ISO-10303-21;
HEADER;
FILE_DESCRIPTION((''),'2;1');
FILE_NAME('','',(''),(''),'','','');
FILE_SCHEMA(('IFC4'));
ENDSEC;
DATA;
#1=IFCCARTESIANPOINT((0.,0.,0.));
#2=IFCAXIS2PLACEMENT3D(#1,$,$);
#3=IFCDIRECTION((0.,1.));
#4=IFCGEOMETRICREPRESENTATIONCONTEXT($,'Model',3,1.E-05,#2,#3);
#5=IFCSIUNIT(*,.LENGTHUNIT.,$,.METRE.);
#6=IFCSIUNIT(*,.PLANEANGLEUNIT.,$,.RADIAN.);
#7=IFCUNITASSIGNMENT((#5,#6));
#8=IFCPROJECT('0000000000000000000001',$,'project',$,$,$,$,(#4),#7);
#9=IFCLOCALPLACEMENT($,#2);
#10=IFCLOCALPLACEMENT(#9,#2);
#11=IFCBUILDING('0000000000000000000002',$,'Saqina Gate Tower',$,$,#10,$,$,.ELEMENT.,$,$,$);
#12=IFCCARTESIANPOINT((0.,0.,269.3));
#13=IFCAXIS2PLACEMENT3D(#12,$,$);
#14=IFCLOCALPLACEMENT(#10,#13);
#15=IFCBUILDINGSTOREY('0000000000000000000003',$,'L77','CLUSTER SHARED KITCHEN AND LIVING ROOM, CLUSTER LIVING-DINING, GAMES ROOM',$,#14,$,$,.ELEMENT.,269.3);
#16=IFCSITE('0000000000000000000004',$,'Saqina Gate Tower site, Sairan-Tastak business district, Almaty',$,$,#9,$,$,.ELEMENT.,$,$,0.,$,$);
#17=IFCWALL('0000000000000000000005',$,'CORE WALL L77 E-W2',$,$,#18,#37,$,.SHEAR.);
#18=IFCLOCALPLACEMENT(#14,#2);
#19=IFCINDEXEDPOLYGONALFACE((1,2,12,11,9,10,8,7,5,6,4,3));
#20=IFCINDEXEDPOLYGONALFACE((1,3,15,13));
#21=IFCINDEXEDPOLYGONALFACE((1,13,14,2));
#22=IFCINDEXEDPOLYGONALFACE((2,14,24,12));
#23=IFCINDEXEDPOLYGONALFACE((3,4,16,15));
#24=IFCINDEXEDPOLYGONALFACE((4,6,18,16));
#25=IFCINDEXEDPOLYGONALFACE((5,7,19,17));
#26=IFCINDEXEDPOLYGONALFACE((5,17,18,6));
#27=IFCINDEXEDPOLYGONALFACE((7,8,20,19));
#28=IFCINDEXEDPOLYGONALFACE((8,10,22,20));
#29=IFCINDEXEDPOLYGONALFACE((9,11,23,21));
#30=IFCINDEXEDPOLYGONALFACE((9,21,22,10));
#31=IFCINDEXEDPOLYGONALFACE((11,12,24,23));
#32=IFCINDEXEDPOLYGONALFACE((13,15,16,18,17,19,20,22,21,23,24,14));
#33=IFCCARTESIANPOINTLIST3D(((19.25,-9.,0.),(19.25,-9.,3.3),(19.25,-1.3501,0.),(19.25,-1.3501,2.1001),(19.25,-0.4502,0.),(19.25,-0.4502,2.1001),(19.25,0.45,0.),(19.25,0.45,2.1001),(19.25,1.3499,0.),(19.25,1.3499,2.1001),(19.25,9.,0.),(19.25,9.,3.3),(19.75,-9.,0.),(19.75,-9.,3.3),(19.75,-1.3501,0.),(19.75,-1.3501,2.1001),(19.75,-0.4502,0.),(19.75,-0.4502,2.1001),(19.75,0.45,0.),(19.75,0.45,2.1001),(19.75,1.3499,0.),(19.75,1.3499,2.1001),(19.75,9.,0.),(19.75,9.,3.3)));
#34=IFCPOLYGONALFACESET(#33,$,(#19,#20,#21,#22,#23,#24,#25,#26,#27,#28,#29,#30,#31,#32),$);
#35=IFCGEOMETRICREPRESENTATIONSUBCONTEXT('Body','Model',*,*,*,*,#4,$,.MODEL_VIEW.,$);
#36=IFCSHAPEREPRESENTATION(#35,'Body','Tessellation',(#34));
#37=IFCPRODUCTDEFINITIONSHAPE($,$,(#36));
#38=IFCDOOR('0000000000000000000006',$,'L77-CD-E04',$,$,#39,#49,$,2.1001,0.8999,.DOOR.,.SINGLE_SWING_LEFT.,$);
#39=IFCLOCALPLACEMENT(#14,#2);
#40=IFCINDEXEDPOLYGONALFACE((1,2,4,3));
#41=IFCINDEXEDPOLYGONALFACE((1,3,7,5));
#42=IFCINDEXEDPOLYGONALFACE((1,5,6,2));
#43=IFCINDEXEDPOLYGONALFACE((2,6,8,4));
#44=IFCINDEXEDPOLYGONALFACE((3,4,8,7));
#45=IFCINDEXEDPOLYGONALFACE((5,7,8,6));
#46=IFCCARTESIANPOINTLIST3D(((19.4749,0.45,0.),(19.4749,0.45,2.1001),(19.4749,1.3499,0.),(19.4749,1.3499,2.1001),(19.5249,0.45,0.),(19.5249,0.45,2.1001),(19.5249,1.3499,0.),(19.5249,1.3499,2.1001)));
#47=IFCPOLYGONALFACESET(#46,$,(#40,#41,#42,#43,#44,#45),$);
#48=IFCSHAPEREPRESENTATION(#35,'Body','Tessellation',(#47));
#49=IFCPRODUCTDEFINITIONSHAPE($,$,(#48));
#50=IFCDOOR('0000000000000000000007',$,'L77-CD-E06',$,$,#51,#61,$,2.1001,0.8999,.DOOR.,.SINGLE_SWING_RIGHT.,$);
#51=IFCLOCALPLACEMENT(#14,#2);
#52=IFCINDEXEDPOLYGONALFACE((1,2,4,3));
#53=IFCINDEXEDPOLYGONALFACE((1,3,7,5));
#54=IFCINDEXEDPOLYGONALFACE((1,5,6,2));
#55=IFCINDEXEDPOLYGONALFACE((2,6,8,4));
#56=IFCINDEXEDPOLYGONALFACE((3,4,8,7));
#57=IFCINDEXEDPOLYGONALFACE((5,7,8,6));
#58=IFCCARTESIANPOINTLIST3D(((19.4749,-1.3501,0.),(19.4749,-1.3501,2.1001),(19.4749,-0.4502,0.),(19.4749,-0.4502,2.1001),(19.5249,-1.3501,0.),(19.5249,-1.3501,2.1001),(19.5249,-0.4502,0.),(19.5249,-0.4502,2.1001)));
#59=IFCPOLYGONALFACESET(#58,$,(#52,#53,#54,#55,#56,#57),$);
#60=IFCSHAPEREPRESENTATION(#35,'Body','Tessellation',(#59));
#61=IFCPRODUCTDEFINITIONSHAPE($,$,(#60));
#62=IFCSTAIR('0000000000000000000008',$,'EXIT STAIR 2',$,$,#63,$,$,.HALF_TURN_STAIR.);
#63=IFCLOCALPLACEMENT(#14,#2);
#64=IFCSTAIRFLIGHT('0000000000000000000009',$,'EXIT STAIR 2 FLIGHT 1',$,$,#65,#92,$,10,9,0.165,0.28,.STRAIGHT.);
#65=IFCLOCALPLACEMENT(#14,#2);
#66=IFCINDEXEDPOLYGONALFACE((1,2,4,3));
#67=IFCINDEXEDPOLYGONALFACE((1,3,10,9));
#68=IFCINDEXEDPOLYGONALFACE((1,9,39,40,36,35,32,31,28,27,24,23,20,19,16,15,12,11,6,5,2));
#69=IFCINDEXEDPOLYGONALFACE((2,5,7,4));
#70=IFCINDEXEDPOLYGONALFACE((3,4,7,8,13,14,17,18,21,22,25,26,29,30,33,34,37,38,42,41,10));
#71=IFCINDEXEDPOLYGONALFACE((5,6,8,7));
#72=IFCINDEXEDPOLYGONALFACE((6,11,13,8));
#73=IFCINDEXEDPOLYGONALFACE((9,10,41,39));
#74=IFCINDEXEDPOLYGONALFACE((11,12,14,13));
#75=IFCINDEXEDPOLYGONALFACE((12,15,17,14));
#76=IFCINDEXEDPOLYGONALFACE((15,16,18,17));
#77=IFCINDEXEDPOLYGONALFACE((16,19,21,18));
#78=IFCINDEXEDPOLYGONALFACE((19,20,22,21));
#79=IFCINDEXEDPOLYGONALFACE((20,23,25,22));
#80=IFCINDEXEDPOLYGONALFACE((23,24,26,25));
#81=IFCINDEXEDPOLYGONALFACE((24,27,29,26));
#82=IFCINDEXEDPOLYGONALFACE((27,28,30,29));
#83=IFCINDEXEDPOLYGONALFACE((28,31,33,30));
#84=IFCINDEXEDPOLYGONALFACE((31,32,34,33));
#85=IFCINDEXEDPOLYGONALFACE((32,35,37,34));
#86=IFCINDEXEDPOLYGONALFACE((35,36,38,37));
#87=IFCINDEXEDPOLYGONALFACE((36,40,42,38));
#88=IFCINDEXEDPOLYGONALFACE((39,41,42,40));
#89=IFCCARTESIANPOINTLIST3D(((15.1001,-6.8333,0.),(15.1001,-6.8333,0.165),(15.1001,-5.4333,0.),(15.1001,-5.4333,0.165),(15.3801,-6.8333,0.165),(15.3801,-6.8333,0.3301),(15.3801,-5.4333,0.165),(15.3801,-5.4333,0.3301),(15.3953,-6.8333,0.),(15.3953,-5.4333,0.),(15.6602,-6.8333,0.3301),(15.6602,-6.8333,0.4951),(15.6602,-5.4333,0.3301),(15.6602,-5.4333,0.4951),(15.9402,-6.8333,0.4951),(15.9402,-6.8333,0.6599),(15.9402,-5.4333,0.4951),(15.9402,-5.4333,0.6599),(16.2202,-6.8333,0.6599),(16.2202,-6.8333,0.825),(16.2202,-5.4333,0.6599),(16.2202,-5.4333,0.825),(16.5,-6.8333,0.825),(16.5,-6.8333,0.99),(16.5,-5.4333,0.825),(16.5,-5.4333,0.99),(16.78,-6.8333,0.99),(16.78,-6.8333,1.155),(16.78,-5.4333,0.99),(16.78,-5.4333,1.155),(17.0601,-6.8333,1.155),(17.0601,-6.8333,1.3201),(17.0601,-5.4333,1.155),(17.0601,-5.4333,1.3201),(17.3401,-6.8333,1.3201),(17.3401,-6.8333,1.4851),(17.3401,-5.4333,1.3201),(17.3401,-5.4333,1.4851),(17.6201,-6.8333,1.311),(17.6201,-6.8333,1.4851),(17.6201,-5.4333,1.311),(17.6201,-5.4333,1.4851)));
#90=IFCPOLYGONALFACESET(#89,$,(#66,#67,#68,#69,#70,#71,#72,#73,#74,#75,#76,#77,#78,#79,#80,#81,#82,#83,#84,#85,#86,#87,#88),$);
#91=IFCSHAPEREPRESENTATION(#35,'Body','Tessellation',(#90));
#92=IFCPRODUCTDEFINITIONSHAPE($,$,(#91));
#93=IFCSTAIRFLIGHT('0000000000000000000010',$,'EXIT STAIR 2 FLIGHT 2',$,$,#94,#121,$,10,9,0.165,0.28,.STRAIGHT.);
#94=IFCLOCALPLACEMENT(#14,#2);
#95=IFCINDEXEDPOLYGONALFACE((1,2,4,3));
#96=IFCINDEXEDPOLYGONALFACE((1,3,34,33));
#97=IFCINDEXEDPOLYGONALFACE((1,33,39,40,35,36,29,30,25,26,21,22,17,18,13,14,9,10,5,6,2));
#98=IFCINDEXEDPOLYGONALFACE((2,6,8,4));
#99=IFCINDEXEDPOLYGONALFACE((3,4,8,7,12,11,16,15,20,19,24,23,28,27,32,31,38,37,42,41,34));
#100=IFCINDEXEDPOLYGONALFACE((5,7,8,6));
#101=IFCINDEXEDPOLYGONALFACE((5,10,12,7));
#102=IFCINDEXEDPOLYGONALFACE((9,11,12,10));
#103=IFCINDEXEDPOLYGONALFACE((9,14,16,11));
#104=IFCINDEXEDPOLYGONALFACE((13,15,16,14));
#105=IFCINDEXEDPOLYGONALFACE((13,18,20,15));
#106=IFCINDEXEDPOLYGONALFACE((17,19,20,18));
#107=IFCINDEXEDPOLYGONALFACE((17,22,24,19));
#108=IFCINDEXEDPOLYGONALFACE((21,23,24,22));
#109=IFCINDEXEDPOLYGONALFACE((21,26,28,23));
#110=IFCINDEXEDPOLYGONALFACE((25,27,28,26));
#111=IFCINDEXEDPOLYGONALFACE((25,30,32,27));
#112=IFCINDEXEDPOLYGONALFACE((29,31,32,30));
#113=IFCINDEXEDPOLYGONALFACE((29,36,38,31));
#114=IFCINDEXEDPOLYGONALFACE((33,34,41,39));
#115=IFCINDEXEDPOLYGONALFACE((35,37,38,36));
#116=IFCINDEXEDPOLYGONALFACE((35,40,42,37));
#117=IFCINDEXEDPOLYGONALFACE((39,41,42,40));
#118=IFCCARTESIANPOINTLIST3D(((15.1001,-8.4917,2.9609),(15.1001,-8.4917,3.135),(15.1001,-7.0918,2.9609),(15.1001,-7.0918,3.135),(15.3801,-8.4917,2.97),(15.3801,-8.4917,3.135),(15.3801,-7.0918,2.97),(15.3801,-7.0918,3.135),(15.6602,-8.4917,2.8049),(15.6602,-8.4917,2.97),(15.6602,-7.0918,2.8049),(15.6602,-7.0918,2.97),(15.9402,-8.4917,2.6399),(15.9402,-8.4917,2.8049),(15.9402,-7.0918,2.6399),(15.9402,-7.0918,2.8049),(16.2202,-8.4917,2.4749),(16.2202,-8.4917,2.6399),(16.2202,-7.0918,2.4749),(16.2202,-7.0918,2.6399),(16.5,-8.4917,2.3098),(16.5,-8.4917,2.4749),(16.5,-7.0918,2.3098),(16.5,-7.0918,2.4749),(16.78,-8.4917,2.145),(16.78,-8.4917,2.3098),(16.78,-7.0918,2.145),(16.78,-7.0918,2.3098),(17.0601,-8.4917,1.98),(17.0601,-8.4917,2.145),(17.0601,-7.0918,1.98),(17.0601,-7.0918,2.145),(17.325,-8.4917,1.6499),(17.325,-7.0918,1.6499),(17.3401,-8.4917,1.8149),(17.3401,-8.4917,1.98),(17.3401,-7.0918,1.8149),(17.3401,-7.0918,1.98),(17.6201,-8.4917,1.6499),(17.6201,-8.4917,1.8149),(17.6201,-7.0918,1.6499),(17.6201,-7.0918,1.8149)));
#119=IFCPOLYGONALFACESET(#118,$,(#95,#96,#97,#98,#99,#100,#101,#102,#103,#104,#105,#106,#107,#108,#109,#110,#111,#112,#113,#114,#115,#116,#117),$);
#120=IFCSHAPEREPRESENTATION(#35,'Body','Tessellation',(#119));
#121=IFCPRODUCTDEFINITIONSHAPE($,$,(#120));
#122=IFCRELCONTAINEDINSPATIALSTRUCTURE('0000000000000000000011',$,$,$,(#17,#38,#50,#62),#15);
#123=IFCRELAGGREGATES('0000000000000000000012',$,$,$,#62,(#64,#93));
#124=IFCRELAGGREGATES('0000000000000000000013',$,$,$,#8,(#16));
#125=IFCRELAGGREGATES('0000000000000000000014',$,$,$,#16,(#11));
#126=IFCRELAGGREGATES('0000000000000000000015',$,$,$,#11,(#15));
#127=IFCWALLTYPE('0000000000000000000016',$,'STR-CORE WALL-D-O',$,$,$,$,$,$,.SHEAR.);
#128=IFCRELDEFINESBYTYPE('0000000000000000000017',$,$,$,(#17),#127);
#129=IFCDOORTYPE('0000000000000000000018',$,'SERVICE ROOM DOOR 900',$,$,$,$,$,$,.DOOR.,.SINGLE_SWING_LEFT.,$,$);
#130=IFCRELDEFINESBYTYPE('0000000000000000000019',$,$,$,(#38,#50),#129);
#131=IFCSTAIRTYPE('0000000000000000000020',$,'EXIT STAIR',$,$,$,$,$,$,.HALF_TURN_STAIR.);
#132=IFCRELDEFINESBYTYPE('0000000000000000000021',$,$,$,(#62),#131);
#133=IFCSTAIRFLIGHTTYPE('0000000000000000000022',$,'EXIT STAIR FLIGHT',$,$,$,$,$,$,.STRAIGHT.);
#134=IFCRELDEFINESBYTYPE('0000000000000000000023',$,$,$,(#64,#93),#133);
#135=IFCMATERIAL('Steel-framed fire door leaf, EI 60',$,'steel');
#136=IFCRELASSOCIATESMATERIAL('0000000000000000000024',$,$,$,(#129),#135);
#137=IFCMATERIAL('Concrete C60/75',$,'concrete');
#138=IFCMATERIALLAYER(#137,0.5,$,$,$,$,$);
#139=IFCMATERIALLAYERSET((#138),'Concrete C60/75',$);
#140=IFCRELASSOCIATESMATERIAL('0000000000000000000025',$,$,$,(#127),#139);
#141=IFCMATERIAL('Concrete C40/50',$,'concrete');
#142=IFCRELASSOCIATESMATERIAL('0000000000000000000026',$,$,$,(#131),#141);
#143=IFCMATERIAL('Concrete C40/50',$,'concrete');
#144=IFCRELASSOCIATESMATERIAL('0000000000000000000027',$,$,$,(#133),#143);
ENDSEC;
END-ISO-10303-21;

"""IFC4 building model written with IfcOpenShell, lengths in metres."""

from ifc_helpers import new_model, si_unit, direction, frame, frame_2d, origin, place, context, subcontext, project, spatial, polyline, rectangle, outline, extrude, material, layer, layer_set, type_object, element, fill, aggregate, save


model = new_model("IFC4")

# Units and contexts
model_context = context("Model", 3, precision=1e-05, world=origin(), true_north=direction((0.0, 1.0)))
body_context = subcontext(model_context, "Body", "Model", "MODEL_VIEW")
ifc_project = project(units=[si_unit("LENGTHUNIT", "METRE"), si_unit("PLANEANGLEUNIT", "RADIAN")], contexts=[model_context])

# Site, building, storey
site_placement = place(None, origin())
site = spatial("IfcSite", under=ifc_project, at=site_placement, Name="Saqina Gate Tower site, Sairan-Tastak business district, Almaty", CompositionType="ELEMENT", RefElevation=0.0)
building_placement = place(site_placement, origin())
building = spatial("IfcBuilding", under=site, at=building_placement, Name="Saqina Gate Tower", CompositionType="ELEMENT")
storey_placement = place(building_placement, frame((0.0, 0.0, 269.3)))
storey = spatial("IfcBuildingStorey", under=building, at=storey_placement, Name="L77", Description="CLUSTER SHARED KITCHEN AND LIVING ROOM, CLUSTER LIVING-DINING, GAMES ROOM", CompositionType="ELEMENT", Elevation=269.3)

# Shared definitions
ifc_material_1 = material(Name="Steel-framed fire door leaf, EI 60", Category="steel")
door_type_1 = type_object("IfcDoorType", Name="SERVICE ROOM DOOR 900", OperationType="SINGLE_SWING_LEFT", PredefinedType="DOOR", material=ifc_material_1)

# Wall, openings, doors
ifc_material_2 = material(Name="Concrete C60/75", Category="concrete")
ifc_layer_1 = layer(ifc_material_2, 0.5)
ifc_layer_set_1 = layer_set([ifc_layer_1], Name="Concrete C60/75")
wall_type_1 = type_object("IfcWallType", Name="STR-CORE WALL-D-O", PredefinedType="SHEAR", material=ifc_layer_set_1)
wall_1_placement = place(storey_placement, frame((19.5, -9.0, 0.0), z_axis=(0.0, 0.0, 1.0), x_axis=(0.0, 1.0, 0.0)))
wall_1 = element("IfcWall", 1, at=wall_1_placement, inside=storey, type_object=wall_type_1, Name="CORE WALL L77 E-W2", PredefinedType="SHEAR", context=body_context, shape_type="SweptSolid", body=[
    extrude(rectangle(XDim=18.0, YDim=0.5, at=frame_2d((9.0, 0.0))), origin(), (0.0, 0.0, 1.0), 3.3),
])
opening_1_placement = place(wall_1_placement, frame((9.45, 0.0, 0.0)))
opening_1 = element("IfcOpeningElement", 2, at=opening_1_placement, cuts=wall_1, PredefinedType="OPENING", context=body_context, shape_type="SweptSolid", body=[
    extrude(rectangle(XDim=0.8999, YDim=2.1001, at=frame_2d((0.45, 1.05))), frame((0.0, 0.262, 0.0), z_axis=(0.0, -1.0, 0.0), x_axis=(1.0, 0.0, 0.0)), (0.0, 0.0, 1.0), 0.5239),
])
opening_2_placement = place(wall_1_placement, frame((7.6499, 0.0, 0.0)))
opening_2 = element("IfcOpeningElement", 3, at=opening_2_placement, cuts=wall_1, PredefinedType="OPENING", context=body_context, shape_type="SweptSolid", body=[
    extrude(rectangle(XDim=0.8999, YDim=2.1001, at=frame_2d((0.45, 1.05))), frame((0.0, 0.262, 0.0), z_axis=(0.0, -1.0, 0.0), x_axis=(1.0, 0.0, 0.0)), (0.0, 0.0, 1.0), 0.5239),
])
door_1_placement = place(opening_1_placement, frame((0.8999, 0.0, 0.0), z_axis=(0.0, 0.0, 1.0), x_axis=(-1.0, 0.0, 0.0)))
door_1 = element("IfcDoor", 4, at=door_1_placement, inside=storey, type_object=door_type_1, Name="L77-CD-E04", OperationType="SINGLE_SWING_LEFT", OverallHeight=2.1001, OverallWidth=0.8999, PredefinedType="DOOR", context=body_context, shape_type="SweptSolid", body=[
    extrude(rectangle(XDim=0.8999, YDim=2.1001, at=frame_2d((0.45, 1.05))), frame((0.0, 0.0249, 0.0), z_axis=(0.0, -1.0, 0.0), x_axis=(1.0, 0.0, 0.0)), (0.0, 0.0, 1.0), 0.05),
])
fill(opening_1, door_1)
door_2_placement = place(opening_2_placement, frame((0.8999, 0.0, 0.0), z_axis=(0.0, 0.0, 1.0), x_axis=(-1.0, 0.0, 0.0)))
door_2 = element("IfcDoor", 5, at=door_2_placement, inside=storey, type_object=door_type_1, Name="L77-CD-E06", OperationType="SINGLE_SWING_RIGHT", OverallHeight=2.1001, OverallWidth=0.8999, PredefinedType="DOOR", context=body_context, shape_type="SweptSolid", body=[
    extrude(rectangle(XDim=0.8999, YDim=2.1001, at=frame_2d((0.45, 1.05))), frame((0.0, 0.0249, 0.0), z_axis=(0.0, -1.0, 0.0), x_axis=(1.0, 0.0, 0.0)), (0.0, 0.0, 1.0), 0.05),
])
fill(opening_2, door_2)

# Stair, stair flights
ifc_material_3 = material(Name="Concrete C40/50", Category="concrete")
stair_type = type_object("IfcStairType", Name="EXIT STAIR", PredefinedType="HALF_TURN_STAIR", material=ifc_material_3)
stair_placement = place(storey_placement, origin())
stair = element("IfcStair", 6, at=stair_placement, inside=storey, type_object=stair_type, Name="EXIT STAIR 2", PredefinedType="HALF_TURN_STAIR")
ifc_material_4 = material(Name="Concrete C40/50", Category="concrete")
stair_flight_type = type_object("IfcStairFlightType", Name="EXIT STAIR FLIGHT", PredefinedType="STRAIGHT", material=ifc_material_4)
stair_flight_1_placement = place(storey_placement, frame((15.1001, -6.1333, 0.0), z_axis=(0.0, 0.0, 1.0), x_axis=(1.0, 0.0, 0.0)))
stair_flight_1 = element("IfcStairFlight", 7, at=stair_flight_1_placement, type_object=stair_flight_type, Name="EXIT STAIR 2 FLIGHT 1", NumberOfRisers=10, NumberOfTreads=9, PredefinedType="STRAIGHT", RiserHeight=0.165, TreadLength=0.28, context=body_context, shape_type="SweptSolid", body=[
    extrude(outline(polyline([(0.0, 0.0), (0.0, 0.165), (0.28, 0.165), (0.28, 0.3301), (0.5601, 0.3301), (0.5601, 0.4951), (0.8401, 0.4951), (0.8401, 0.6599), (1.1201, 0.6599), (1.1201, 0.825), (1.3999, 0.825), (1.3999, 0.99), (1.6799, 0.99), (1.6799, 1.155), (1.96, 1.155), (1.96, 1.3201), (2.24, 1.3201), (2.24, 1.4851), (2.52, 1.4851), (2.52, 1.6499), (2.52, 1.311), (0.2952, 0.0), (0.0, 0.0)])), frame((0.0, 0.7, 0.0), z_axis=(0.0, -1.0, 0.0), x_axis=(1.0, 0.0, 0.0)), (0.0, 0.0, 1.0), 1.3999),
])
stair_flight_2_placement = place(storey_placement, frame((17.6201, -7.7917, 1.6499), z_axis=(0.0, 0.0, 1.0), x_axis=(-1.0, 0.0, 0.0)))
stair_flight_2 = element("IfcStairFlight", 8, at=stair_flight_2_placement, type_object=stair_flight_type, Name="EXIT STAIR 2 FLIGHT 2", NumberOfRisers=10, NumberOfTreads=9, PredefinedType="STRAIGHT", RiserHeight=0.165, TreadLength=0.28, context=body_context, shape_type="SweptSolid", body=[
    extrude(outline(polyline([(0.0, 0.0), (0.0, 0.165), (0.28, 0.165), (0.28, 0.3301), (0.5601, 0.3301), (0.5601, 0.4951), (0.8401, 0.4951), (0.8401, 0.6599), (1.1201, 0.6599), (1.1201, 0.825), (1.3999, 0.825), (1.3999, 0.99), (1.6799, 0.99), (1.6799, 1.155), (1.96, 1.155), (1.96, 1.3201), (2.24, 1.3201), (2.24, 1.4851), (2.52, 1.4851), (2.52, 1.6499), (2.52, 1.311), (0.2952, 0.0), (0.0, 0.0)])), frame((0.0, 0.7, 0.0), z_axis=(0.0, -1.0, 0.0), x_axis=(1.0, 0.0, 0.0)), (0.0, 0.0, 1.0), 1.3999),
])
aggregate(stair, [stair_flight_1, stair_flight_2])

save(model, "model.ifc")
